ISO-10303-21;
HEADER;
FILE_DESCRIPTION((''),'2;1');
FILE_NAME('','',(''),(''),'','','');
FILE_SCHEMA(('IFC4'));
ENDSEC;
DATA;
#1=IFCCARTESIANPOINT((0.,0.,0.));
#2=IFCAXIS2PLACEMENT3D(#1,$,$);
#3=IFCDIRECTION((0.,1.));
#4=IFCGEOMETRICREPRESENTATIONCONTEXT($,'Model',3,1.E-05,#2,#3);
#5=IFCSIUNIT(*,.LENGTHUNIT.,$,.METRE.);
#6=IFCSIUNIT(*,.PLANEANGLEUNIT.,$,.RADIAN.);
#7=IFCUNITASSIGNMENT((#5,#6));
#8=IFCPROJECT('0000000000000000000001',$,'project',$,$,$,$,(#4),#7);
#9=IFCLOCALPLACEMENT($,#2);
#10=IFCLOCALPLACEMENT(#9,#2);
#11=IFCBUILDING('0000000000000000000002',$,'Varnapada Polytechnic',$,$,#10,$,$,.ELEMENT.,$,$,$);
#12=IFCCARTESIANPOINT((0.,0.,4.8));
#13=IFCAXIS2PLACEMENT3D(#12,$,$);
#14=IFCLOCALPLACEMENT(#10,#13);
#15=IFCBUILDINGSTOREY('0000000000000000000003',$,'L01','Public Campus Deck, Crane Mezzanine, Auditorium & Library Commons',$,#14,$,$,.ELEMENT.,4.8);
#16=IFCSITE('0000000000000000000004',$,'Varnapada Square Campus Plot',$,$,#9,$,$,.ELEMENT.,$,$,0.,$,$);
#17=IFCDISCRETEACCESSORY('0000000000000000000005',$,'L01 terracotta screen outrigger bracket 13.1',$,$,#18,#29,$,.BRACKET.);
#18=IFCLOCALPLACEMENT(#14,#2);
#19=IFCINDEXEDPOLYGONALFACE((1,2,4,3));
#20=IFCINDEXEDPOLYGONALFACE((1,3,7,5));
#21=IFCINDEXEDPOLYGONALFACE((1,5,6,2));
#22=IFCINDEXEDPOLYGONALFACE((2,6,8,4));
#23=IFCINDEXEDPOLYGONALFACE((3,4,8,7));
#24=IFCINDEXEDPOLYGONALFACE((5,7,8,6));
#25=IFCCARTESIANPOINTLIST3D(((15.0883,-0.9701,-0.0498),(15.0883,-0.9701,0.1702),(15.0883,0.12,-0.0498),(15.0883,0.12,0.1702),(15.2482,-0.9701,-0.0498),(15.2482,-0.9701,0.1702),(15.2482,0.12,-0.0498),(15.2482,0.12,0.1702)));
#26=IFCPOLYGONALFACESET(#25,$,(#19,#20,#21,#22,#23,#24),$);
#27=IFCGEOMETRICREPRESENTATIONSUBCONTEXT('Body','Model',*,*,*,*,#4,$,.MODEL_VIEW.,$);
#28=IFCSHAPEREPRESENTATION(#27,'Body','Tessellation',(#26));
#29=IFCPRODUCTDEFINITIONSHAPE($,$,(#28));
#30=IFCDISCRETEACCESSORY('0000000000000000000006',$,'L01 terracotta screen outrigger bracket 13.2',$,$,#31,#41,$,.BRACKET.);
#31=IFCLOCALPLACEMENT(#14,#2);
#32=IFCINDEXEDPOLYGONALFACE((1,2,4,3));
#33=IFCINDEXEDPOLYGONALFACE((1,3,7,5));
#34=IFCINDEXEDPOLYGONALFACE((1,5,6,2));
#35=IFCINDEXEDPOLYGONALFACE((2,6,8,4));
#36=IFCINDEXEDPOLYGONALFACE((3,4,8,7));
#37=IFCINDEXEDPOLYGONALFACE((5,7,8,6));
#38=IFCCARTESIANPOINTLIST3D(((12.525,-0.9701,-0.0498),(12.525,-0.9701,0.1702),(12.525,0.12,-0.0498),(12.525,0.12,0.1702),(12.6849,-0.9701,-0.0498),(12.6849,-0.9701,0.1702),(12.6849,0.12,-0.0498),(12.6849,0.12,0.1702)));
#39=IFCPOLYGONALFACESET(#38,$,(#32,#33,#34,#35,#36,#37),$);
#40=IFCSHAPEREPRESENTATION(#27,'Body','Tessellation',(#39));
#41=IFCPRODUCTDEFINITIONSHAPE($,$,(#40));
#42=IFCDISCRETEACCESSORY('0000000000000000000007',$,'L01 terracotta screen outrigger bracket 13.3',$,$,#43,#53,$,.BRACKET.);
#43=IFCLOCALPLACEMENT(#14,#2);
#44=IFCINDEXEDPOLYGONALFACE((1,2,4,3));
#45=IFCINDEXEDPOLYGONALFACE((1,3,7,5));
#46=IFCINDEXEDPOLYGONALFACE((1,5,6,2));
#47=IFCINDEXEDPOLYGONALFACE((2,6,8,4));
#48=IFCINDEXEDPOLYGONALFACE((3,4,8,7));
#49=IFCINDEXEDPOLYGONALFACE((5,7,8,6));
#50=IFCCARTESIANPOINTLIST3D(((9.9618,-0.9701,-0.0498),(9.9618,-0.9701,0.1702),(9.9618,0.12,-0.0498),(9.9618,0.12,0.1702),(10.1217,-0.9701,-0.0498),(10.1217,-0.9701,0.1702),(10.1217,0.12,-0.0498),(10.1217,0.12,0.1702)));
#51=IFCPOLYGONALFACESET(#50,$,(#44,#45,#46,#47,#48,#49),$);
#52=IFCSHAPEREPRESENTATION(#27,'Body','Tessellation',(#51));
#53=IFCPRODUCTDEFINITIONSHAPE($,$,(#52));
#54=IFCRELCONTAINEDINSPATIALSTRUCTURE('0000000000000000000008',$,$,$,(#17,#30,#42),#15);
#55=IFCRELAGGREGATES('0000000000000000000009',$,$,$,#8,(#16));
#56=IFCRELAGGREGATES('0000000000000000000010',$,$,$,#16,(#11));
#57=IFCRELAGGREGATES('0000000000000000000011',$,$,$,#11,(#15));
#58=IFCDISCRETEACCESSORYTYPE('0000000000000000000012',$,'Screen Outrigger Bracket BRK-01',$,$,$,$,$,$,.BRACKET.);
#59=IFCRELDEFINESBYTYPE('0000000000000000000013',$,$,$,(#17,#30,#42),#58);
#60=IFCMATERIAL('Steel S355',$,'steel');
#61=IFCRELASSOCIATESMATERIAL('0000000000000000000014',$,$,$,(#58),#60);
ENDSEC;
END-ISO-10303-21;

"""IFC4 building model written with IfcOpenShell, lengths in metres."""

from ifc_helpers import new_model, si_unit, direction, frame, origin, origin_2d, place, context, subcontext, project, spatial, rectangle, extrude, material, type_object, element, save


model = new_model("IFC4")

# Units and contexts
model_context = context("Model", 3, precision=1e-05, world=origin(), true_north=direction((0.0, 1.0)))
body_context = subcontext(model_context, "Body", "Model", "MODEL_VIEW")
ifc_project = project(units=[si_unit("LENGTHUNIT", "METRE"), si_unit("PLANEANGLEUNIT", "RADIAN")], contexts=[model_context])

# Site, building, storey
site_placement = place(None, origin())
site = spatial("IfcSite", under=ifc_project, at=site_placement, Name="Varnapada Square Campus Plot", CompositionType="ELEMENT", RefElevation=0.0)
building_placement = place(site_placement, origin())
building = spatial("IfcBuilding", under=site, at=building_placement, Name="Varnapada Polytechnic", CompositionType="ELEMENT")
storey_placement = place(building_placement, frame((0.0, 0.0, 4.8)))
storey = spatial("IfcBuildingStorey", under=building, at=storey_placement, Name="L01", Description="Public Campus Deck, Crane Mezzanine, Auditorium & Library Commons", CompositionType="ELEMENT", Elevation=4.8)

# Shared definitions
ifc_material_1 = material(Name="Steel S355", Category="steel")

# Discrete accessories
discrete_accessory_type = type_object("IfcDiscreteAccessoryType", Name="Screen Outrigger Bracket BRK-01", PredefinedType="BRACKET", material=ifc_material_1)
for number, where, z_axis, x_axis, name in (
    (1, (15.1682, -0.425, -0.0498), (0.0, 0.0, 1.0), (-1.0, 0.0, 0.0), "L01 terracotta screen outrigger bracket 13.1"),
    (2, (12.605, -0.425, -0.0498), (0.0, 0.0, 1.0), (-1.0, 0.0, 0.0), "L01 terracotta screen outrigger bracket 13.2"),
    (3, (10.0417, -0.425, -0.0498), (0.0, 0.0, 1.0), (-1.0, 0.0, 0.0), "L01 terracotta screen outrigger bracket 13.3"),
):
    element("IfcDiscreteAccessory", number, at=place(storey_placement, frame(where, z_axis=z_axis, x_axis=x_axis)), inside=storey, type_object=discrete_accessory_type, Name=name, PredefinedType="BRACKET", context=body_context, shape_type="SweptSolid", body=[
        extrude(rectangle(XDim=0.1599, YDim=1.0901, at=origin_2d()), origin(), (0.0, 0.0, 1.0), 0.22),
    ])

save(model, "model.ifc")
